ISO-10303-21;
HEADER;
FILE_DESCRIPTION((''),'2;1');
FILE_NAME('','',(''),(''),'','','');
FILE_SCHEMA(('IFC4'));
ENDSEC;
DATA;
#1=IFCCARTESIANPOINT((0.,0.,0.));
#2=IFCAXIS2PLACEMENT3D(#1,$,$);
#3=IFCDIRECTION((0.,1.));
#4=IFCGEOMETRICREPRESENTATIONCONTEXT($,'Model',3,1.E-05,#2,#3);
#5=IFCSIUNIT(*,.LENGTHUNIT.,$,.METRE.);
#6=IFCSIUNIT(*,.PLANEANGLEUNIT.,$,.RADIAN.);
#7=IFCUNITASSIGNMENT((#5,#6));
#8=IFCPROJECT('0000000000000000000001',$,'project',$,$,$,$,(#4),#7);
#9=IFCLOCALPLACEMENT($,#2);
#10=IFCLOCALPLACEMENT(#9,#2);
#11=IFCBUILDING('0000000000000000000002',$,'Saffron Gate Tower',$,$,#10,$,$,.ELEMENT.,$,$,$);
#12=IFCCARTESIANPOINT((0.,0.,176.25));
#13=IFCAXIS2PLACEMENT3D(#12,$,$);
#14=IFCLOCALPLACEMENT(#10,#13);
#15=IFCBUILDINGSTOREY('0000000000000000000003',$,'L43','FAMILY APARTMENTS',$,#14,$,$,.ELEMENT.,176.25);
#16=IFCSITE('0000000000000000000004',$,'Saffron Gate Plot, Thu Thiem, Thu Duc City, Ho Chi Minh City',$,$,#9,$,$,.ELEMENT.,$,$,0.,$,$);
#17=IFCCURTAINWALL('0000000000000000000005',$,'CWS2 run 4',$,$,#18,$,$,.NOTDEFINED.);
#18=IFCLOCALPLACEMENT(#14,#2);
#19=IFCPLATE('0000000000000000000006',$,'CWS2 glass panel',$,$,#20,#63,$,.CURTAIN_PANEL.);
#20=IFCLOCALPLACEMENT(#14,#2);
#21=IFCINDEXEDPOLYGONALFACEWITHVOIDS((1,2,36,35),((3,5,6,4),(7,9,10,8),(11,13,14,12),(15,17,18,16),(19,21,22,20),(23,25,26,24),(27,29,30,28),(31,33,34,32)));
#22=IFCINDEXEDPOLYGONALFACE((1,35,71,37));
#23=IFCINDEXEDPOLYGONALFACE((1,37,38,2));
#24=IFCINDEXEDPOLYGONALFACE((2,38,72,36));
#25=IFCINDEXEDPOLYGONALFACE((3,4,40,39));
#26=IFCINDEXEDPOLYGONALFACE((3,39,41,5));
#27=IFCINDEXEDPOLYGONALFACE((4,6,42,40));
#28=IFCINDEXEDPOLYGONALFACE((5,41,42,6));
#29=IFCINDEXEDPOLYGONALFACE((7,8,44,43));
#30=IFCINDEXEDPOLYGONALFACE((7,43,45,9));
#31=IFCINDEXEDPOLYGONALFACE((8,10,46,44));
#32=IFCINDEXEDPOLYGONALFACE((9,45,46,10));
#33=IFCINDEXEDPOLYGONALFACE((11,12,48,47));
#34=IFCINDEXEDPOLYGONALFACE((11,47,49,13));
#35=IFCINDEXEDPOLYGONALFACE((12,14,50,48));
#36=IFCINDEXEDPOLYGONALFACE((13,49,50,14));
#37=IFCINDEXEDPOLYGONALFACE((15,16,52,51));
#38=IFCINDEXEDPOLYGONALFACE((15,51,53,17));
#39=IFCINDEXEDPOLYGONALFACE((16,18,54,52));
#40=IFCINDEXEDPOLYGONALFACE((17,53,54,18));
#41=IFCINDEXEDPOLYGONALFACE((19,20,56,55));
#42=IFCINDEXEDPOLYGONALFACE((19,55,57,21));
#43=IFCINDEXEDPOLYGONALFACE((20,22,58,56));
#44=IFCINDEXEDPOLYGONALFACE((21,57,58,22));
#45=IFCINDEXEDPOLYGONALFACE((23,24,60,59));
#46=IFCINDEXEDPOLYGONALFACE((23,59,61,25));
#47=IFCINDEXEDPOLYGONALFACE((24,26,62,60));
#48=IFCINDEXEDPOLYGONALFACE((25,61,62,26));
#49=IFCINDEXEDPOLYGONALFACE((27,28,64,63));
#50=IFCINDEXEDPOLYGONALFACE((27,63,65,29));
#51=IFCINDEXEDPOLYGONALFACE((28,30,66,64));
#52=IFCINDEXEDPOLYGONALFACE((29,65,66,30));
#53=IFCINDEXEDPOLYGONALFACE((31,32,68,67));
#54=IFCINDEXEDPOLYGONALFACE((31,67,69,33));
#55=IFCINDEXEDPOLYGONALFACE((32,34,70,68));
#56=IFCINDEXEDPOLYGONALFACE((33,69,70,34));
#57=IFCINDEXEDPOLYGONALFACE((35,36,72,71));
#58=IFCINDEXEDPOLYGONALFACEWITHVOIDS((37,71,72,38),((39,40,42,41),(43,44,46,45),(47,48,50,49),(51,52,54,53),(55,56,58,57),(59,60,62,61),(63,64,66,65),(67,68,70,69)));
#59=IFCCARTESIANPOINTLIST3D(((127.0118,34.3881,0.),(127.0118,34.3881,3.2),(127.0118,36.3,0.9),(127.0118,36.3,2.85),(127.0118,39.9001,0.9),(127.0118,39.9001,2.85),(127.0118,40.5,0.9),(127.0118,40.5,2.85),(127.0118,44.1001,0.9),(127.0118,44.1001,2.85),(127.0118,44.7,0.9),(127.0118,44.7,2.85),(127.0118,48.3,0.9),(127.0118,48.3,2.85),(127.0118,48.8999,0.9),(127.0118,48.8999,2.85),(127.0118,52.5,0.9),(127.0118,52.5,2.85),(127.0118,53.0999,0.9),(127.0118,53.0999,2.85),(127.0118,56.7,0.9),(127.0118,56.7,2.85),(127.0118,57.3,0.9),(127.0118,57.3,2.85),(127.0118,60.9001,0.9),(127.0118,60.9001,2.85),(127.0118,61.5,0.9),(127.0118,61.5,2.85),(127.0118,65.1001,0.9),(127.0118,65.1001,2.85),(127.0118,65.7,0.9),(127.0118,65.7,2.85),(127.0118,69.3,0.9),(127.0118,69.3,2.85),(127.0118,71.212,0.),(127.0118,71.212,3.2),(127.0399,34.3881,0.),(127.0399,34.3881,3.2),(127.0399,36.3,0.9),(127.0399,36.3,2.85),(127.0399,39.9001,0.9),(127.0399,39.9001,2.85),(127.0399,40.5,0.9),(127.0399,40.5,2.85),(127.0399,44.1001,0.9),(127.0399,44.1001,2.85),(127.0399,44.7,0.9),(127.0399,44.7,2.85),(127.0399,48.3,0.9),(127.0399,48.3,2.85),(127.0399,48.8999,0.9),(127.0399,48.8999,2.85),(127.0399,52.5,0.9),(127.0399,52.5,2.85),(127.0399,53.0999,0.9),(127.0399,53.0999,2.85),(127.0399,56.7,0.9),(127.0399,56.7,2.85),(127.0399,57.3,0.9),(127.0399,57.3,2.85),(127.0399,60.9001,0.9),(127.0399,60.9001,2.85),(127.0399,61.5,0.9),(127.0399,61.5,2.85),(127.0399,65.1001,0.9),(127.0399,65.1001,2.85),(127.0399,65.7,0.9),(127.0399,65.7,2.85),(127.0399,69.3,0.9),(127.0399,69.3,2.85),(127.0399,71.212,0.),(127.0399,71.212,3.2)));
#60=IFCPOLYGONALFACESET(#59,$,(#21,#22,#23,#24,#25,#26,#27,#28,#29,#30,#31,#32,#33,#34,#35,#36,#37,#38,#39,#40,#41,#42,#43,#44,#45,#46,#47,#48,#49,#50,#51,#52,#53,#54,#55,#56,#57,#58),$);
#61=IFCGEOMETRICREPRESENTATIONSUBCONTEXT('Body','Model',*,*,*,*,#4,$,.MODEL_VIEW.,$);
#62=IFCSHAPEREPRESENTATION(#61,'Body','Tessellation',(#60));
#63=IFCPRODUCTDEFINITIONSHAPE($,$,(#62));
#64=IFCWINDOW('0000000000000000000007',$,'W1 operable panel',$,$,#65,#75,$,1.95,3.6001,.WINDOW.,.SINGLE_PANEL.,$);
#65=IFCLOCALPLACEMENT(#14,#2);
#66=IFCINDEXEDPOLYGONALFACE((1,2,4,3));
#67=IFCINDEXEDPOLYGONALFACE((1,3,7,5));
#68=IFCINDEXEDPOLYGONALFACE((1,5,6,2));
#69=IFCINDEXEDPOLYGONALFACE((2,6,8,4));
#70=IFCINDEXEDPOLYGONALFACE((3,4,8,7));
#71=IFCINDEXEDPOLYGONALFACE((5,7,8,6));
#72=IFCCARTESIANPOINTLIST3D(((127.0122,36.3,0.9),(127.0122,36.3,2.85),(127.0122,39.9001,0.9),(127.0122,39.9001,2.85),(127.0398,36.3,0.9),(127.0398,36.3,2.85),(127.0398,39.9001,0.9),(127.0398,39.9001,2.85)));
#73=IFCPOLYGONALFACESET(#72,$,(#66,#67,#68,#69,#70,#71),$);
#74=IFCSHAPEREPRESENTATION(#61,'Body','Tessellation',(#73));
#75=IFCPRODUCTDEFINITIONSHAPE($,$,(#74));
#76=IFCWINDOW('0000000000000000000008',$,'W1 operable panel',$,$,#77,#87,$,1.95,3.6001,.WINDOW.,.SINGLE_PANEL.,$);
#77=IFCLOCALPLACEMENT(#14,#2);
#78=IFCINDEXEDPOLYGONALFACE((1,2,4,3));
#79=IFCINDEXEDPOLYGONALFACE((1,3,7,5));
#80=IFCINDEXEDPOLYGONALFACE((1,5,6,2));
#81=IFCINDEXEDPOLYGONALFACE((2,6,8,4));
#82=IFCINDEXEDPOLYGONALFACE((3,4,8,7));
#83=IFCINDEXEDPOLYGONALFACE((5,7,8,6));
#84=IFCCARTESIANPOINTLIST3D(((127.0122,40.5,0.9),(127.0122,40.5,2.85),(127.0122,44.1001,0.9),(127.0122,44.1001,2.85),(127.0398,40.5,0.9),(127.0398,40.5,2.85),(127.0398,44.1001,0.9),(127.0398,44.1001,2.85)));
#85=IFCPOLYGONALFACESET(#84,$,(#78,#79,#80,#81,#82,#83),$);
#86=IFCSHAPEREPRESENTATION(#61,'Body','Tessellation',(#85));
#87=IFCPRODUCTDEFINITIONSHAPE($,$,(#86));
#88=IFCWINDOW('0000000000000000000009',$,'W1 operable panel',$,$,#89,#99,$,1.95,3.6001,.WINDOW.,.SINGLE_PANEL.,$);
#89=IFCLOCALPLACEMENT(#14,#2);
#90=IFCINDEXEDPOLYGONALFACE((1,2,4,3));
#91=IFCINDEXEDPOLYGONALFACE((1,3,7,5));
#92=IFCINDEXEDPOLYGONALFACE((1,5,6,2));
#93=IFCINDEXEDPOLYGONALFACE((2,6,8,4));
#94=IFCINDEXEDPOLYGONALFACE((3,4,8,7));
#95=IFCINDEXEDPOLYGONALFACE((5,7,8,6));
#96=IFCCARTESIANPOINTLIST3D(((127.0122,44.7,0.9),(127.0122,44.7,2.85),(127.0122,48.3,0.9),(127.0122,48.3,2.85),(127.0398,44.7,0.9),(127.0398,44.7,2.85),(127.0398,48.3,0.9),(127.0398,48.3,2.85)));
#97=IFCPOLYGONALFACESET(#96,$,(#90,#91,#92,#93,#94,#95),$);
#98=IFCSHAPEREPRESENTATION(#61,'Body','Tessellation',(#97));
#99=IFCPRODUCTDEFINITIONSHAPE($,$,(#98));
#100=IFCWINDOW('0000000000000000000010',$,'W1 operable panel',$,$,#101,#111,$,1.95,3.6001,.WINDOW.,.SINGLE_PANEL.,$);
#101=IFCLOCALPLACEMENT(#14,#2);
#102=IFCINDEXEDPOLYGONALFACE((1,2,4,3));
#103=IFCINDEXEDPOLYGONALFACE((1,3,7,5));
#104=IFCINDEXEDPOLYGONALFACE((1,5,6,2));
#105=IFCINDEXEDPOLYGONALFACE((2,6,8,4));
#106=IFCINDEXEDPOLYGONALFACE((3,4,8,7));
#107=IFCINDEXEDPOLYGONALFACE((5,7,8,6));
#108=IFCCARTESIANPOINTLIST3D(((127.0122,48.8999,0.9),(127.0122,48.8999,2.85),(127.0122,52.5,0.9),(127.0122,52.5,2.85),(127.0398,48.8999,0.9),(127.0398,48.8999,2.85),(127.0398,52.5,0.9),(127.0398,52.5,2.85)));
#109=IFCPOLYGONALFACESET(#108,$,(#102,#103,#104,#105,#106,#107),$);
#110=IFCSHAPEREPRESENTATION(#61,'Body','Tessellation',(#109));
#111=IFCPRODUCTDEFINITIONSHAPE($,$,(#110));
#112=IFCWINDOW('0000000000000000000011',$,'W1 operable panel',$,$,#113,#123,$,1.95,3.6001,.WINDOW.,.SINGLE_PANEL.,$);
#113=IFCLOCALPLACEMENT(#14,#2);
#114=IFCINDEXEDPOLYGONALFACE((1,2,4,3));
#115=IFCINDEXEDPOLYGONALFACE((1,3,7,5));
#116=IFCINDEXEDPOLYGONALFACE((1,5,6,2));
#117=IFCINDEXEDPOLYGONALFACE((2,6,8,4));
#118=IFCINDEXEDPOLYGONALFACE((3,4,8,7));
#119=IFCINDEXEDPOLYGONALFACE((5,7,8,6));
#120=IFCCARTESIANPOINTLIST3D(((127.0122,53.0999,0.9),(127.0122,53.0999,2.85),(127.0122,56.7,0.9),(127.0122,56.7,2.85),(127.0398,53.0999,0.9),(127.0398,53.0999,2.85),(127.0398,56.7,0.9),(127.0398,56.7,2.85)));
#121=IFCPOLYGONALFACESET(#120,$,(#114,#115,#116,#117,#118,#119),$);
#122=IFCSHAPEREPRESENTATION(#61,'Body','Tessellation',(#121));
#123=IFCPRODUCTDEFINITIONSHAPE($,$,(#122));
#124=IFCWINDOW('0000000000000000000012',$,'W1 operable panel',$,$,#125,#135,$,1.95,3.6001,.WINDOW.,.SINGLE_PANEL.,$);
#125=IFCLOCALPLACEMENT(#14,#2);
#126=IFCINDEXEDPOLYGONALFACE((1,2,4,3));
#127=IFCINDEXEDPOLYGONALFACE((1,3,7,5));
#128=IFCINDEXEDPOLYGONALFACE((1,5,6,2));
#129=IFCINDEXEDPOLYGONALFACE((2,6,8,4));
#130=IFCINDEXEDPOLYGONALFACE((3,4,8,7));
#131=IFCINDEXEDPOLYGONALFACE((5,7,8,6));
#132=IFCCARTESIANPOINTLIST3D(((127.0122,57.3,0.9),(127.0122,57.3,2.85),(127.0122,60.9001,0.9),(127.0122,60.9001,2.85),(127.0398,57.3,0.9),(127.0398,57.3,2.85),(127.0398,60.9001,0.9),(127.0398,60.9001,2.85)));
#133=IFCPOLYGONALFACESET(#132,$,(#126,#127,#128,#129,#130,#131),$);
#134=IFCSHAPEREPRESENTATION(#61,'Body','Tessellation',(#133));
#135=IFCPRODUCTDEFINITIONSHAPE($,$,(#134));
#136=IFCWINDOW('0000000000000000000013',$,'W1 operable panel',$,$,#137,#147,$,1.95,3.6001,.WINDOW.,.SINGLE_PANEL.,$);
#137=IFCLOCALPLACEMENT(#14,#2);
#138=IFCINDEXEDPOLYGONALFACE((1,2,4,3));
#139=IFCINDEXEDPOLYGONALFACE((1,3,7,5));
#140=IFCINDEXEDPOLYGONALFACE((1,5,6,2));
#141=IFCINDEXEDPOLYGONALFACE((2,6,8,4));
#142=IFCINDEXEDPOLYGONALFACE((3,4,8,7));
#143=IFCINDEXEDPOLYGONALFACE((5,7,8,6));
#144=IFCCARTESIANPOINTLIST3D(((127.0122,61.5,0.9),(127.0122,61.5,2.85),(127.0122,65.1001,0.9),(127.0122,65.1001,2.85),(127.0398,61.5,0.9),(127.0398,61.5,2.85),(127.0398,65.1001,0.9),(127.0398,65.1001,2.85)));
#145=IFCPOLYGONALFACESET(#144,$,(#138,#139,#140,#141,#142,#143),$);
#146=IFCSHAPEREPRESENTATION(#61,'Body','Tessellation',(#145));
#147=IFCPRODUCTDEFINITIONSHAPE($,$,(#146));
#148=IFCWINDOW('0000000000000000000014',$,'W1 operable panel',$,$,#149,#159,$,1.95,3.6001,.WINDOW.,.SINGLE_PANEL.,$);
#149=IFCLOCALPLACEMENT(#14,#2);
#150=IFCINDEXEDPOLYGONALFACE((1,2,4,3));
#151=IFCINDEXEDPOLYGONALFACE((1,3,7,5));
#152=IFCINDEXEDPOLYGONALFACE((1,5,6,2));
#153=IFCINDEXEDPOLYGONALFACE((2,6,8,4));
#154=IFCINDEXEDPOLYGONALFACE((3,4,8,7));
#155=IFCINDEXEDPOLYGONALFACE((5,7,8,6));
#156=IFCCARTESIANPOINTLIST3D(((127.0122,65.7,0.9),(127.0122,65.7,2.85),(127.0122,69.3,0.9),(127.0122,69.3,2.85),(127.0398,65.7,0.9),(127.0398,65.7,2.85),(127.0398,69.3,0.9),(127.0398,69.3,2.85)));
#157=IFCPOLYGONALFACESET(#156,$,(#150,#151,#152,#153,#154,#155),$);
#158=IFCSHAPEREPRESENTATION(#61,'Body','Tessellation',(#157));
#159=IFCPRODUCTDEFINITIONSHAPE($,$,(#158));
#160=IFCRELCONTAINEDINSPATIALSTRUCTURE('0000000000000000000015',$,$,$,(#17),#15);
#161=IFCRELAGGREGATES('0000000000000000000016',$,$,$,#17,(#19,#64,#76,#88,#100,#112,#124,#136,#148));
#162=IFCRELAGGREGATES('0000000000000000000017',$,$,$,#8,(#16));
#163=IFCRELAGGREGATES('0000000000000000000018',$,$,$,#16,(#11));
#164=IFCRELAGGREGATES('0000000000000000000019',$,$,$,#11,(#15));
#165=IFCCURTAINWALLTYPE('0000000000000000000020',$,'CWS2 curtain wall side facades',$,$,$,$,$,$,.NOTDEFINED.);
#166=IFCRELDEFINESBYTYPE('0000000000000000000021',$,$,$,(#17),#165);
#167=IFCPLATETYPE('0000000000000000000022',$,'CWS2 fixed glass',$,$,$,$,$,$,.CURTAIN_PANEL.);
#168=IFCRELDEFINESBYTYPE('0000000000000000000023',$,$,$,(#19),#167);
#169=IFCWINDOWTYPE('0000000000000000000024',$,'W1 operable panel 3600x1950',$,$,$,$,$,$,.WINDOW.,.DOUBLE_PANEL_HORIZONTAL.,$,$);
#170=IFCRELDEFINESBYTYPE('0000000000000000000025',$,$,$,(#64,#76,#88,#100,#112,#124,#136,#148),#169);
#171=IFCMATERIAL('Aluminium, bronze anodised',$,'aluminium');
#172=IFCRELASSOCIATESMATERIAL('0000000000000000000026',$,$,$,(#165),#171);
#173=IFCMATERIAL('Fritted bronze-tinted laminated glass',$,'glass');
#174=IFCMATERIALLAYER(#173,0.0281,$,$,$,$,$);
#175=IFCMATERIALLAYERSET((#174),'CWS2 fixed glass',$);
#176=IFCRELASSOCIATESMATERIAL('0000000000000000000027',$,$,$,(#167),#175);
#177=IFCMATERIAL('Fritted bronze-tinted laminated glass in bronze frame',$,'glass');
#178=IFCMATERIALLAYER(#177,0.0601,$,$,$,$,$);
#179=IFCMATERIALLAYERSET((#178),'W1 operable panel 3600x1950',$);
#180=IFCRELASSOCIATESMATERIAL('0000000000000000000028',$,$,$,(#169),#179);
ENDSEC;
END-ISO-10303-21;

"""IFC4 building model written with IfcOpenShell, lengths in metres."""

from ifc_helpers import new_model, si_unit, direction, frame, frame_2d, origin, place, context, subcontext, project, spatial, rectangle, extrude, material, layer, layer_set, type_object, element, fill, aggregate, save


model = new_model("IFC4")

# Units and contexts
model_context = context("Model", 3, precision=1e-05, world=origin(), true_north=direction((0.0, 1.0)))
body_context = subcontext(model_context, "Body", "Model", "MODEL_VIEW")
ifc_project = project(units=[si_unit("LENGTHUNIT", "METRE"), si_unit("PLANEANGLEUNIT", "RADIAN")], contexts=[model_context])

# Site, building, storey
site_placement = place(None, origin())
site = spatial("IfcSite", under=ifc_project, at=site_placement, Name="Saffron Gate Plot, Thu Thiem, Thu Duc City, Ho Chi Minh City", CompositionType="ELEMENT", RefElevation=0.0)
building_placement = place(site_placement, origin())
building = spatial("IfcBuilding", under=site, at=building_placement, Name="Saffron Gate Tower", CompositionType="ELEMENT")
storey_placement = place(building_placement, frame((0.0, 0.0, 176.25)))
storey = spatial("IfcBuildingStorey", under=building, at=storey_placement, Name="L43", Description="FAMILY APARTMENTS", CompositionType="ELEMENT", Elevation=176.25)

# Curtain wall
ifc_material_1 = material(Name="Aluminium, bronze anodised", Category="aluminium")
curtain_wall_type_1 = type_object("IfcCurtainWallType", Name="CWS2 curtain wall side facades", PredefinedType="NOTDEFINED", material=ifc_material_1)
curtain_wall_1_placement = place(storey_placement, origin())
curtain_wall_1 = element("IfcCurtainWall", 1, at=curtain_wall_1_placement, inside=storey, type_object=curtain_wall_type_1, Name="CWS2 run 4", PredefinedType="NOTDEFINED")

# Plate, openings, windows
ifc_material_2 = material(Name="Fritted bronze-tinted laminated glass", Category="glass")
ifc_layer_1 = layer(ifc_material_2, 0.0281)
ifc_layer_set_1 = layer_set([ifc_layer_1], Name="CWS2 fixed glass")
plate_type_1 = type_object("IfcPlateType", Name="CWS2 fixed glass", PredefinedType="CURTAIN_PANEL", material=ifc_layer_set_1)
plate_1_placement = place(storey_placement, frame((127.0259, 34.3879, 0.0), z_axis=(0.0, 0.0, 1.0), x_axis=(0.0, 1.0, 0.0)))
plate_1 = element("IfcPlate", 2, at=plate_1_placement, type_object=plate_type_1, Name="CWS2 glass panel", PredefinedType="CURTAIN_PANEL", context=body_context, shape_type="SweptSolid", body=[
    extrude(rectangle(XDim=36.824, YDim=0.0281, at=frame_2d((18.4121, 0.0))), origin(), (0.0, 0.0, 1.0), 3.2),
])
opening_1_placement = place(plate_1_placement, frame((1.9121, 0.0, 0.8999)))
opening_1 = element("IfcOpeningElement", 3, at=opening_1_placement, cuts=plate_1, PredefinedType="OPENING", context=body_context, shape_type="SweptSolid", body=[
    extrude(rectangle(XDim=3.6001, YDim=1.95, at=frame_2d((1.8, 0.9751))), frame((0.0, 0.0239, 0.0), z_axis=(0.0, -1.0, 0.0), x_axis=(1.0, 0.0, 0.0)), (0.0, 0.0, 1.0), 0.0481),
])
opening_2_placement = place(plate_1_placement, frame((6.1121, 0.0, 0.8999)))
opening_2 = element("IfcOpeningElement", 4, at=opening_2_placement, cuts=plate_1, PredefinedType="OPENING", context=body_context, shape_type="SweptSolid", body=[
    extrude(rectangle(XDim=3.6001, YDim=1.95, at=frame_2d((1.8, 0.9751))), frame((0.0, 0.0239, 0.0), z_axis=(0.0, -1.0, 0.0), x_axis=(1.0, 0.0, 0.0)), (0.0, 0.0, 1.0), 0.0481),
])
opening_3_placement = place(plate_1_placement, frame((10.312, 0.0, 0.8999)))
opening_3 = element("IfcOpeningElement", 5, at=opening_3_placement, cuts=plate_1, PredefinedType="OPENING", context=body_context, shape_type="SweptSolid", body=[
    extrude(rectangle(XDim=3.6001, YDim=1.95, at=frame_2d((1.8, 0.9751))), frame((0.0, 0.0239, 0.0), z_axis=(0.0, -1.0, 0.0), x_axis=(1.0, 0.0, 0.0)), (0.0, 0.0, 1.0), 0.0481),
])
opening_4_placement = place(plate_1_placement, frame((14.512, 0.0, 0.8999)))
opening_4 = element("IfcOpeningElement", 6, at=opening_4_placement, cuts=plate_1, PredefinedType="OPENING", context=body_context, shape_type="SweptSolid", body=[
    extrude(rectangle(XDim=3.6001, YDim=1.95, at=frame_2d((1.8, 0.9751))), frame((0.0, 0.0239, 0.0), z_axis=(0.0, -1.0, 0.0), x_axis=(1.0, 0.0, 0.0)), (0.0, 0.0, 1.0), 0.0481),
])
opening_5_placement = place(plate_1_placement, frame((18.7119, 0.0, 0.8999)))
opening_5 = element("IfcOpeningElement", 7, at=opening_5_placement, cuts=plate_1, PredefinedType="OPENING", context=body_context, shape_type="SweptSolid", body=[
    extrude(rectangle(XDim=3.6001, YDim=1.95, at=frame_2d((1.8, 0.9751))), frame((0.0, 0.0239, 0.0), z_axis=(0.0, -1.0, 0.0), x_axis=(1.0, 0.0, 0.0)), (0.0, 0.0, 1.0), 0.0481),
])
opening_6_placement = place(plate_1_placement, frame((22.9121, 0.0, 0.8999)))
opening_6 = element("IfcOpeningElement", 8, at=opening_6_placement, cuts=plate_1, PredefinedType="OPENING", context=body_context, shape_type="SweptSolid", body=[
    extrude(rectangle(XDim=3.6001, YDim=1.95, at=frame_2d((1.8, 0.9751))), frame((0.0, 0.0239, 0.0), z_axis=(0.0, -1.0, 0.0), x_axis=(1.0, 0.0, 0.0)), (0.0, 0.0, 1.0), 0.0481),
])
opening_7_placement = place(plate_1_placement, frame((27.1121, 0.0, 0.8999)))
opening_7 = element("IfcOpeningElement", 9, at=opening_7_placement, cuts=plate_1, PredefinedType="OPENING", context=body_context, shape_type="SweptSolid", body=[
    extrude(rectangle(XDim=3.6001, YDim=1.95, at=frame_2d((1.8, 0.9751))), frame((0.0, 0.0239, 0.0), z_axis=(0.0, -1.0, 0.0), x_axis=(1.0, 0.0, 0.0)), (0.0, 0.0, 1.0), 0.0481),
])
opening_8_placement = place(plate_1_placement, frame((31.312, 0.0, 0.8999)))
opening_8 = element("IfcOpeningElement", 10, at=opening_8_placement, cuts=plate_1, PredefinedType="OPENING", context=body_context, shape_type="SweptSolid", body=[
    extrude(rectangle(XDim=3.6001, YDim=1.95, at=frame_2d((1.8, 0.9751))), frame((0.0, 0.0239, 0.0), z_axis=(0.0, -1.0, 0.0), x_axis=(1.0, 0.0, 0.0)), (0.0, 0.0, 1.0), 0.0481),
])
ifc_material_3 = material(Name="Fritted bronze-tinted laminated glass in bronze frame", Category="glass")
ifc_layer_2 = layer(ifc_material_3, 0.0601)
ifc_layer_set_2 = layer_set([ifc_layer_2], Name="W1 operable panel 3600x1950")
window_type = type_object("IfcWindowType", Name="W1 operable panel 3600x1950", PartitioningType="DOUBLE_PANEL_HORIZONTAL", PredefinedType="WINDOW", material=ifc_layer_set_2)
window_1_placement = place(opening_1_placement, origin())
window_1 = element("IfcWindow", 11, at=window_1_placement, type_object=window_type, Name="W1 operable panel", OverallHeight=1.95, OverallWidth=3.6001, PartitioningType="SINGLE_PANEL", PredefinedType="WINDOW", context=body_context, shape_type="SweptSolid", body=[
    extrude(rectangle(XDim=3.6001, YDim=1.95, at=frame_2d((1.8, 0.9751))), frame((0.0, 0.0137, 0.0), z_axis=(0.0, -1.0, 0.0), x_axis=(1.0, 0.0, 0.0)), (0.0, 0.0, 1.0), 0.0276),
])
fill(opening_1, window_1)
window_2_placement = place(opening_2_placement, origin())
window_2 = element("IfcWindow", 12, at=window_2_placement, type_object=window_type, Name="W1 operable panel", OverallHeight=1.95, OverallWidth=3.6001, PartitioningType="SINGLE_PANEL", PredefinedType="WINDOW", context=body_context, shape_type="SweptSolid", body=[
    extrude(rectangle(XDim=3.6001, YDim=1.95, at=frame_2d((1.8, 0.9751))), frame((0.0, 0.0137, 0.0), z_axis=(0.0, -1.0, 0.0), x_axis=(1.0, 0.0, 0.0)), (0.0, 0.0, 1.0), 0.0276),
])
fill(opening_2, window_2)
window_3_placement = place(opening_3_placement, origin())
window_3 = element("IfcWindow", 13, at=window_3_placement, type_object=window_type, Name="W1 operable panel", OverallHeight=1.95, OverallWidth=3.6001, PartitioningType="SINGLE_PANEL", PredefinedType="WINDOW", context=body_context, shape_type="SweptSolid", body=[
    extrude(rectangle(XDim=3.6001, YDim=1.95, at=frame_2d((1.8, 0.9751))), frame((0.0, 0.0137, 0.0), z_axis=(0.0, -1.0, 0.0), x_axis=(1.0, 0.0, 0.0)), (0.0, 0.0, 1.0), 0.0276),
])
fill(opening_3, window_3)
window_4_placement = place(opening_4_placement, origin())
window_4 = element("IfcWindow", 14, at=window_4_placement, type_object=window_type, Name="W1 operable panel", OverallHeight=1.95, OverallWidth=3.6001, PartitioningType="SINGLE_PANEL", PredefinedType="WINDOW", context=body_context, shape_type="SweptSolid", body=[
    extrude(rectangle(XDim=3.6001, YDim=1.95, at=frame_2d((1.8, 0.9751))), frame((0.0, 0.0137, 0.0), z_axis=(0.0, -1.0, 0.0), x_axis=(1.0, 0.0, 0.0)), (0.0, 0.0, 1.0), 0.0276),
])
fill(opening_4, window_4)
window_5_placement = place(opening_5_placement, origin())
window_5 = element("IfcWindow", 15, at=window_5_placement, type_object=window_type, Name="W1 operable panel", OverallHeight=1.95, OverallWidth=3.6001, PartitioningType="SINGLE_PANEL", PredefinedType="WINDOW", context=body_context, shape_type="SweptSolid", body=[
    extrude(rectangle(XDim=3.6001, YDim=1.95, at=frame_2d((1.8, 0.9751))), frame((0.0, 0.0137, 0.0), z_axis=(0.0, -1.0, 0.0), x_axis=(1.0, 0.0, 0.0)), (0.0, 0.0, 1.0), 0.0276),
])
fill(opening_5, window_5)
window_6_placement = place(opening_6_placement, origin())
window_6 = element("IfcWindow", 16, at=window_6_placement, type_object=window_type, Name="W1 operable panel", OverallHeight=1.95, OverallWidth=3.6001, PartitioningType="SINGLE_PANEL", PredefinedType="WINDOW", context=body_context, shape_type="SweptSolid", body=[
    extrude(rectangle(XDim=3.6001, YDim=1.95, at=frame_2d((1.8, 0.9751))), frame((0.0, 0.0137, 0.0), z_axis=(0.0, -1.0, 0.0), x_axis=(1.0, 0.0, 0.0)), (0.0, 0.0, 1.0), 0.0276),
])
fill(opening_6, window_6)
window_7_placement = place(opening_7_placement, origin())
window_7 = element("IfcWindow", 17, at=window_7_placement, type_object=window_type, Name="W1 operable panel", OverallHeight=1.95, OverallWidth=3.6001, PartitioningType="SINGLE_PANEL", PredefinedType="WINDOW", context=body_context, shape_type="SweptSolid", body=[
    extrude(rectangle(XDim=3.6001, YDim=1.95, at=frame_2d((1.8, 0.9751))), frame((0.0, 0.0137, 0.0), z_axis=(0.0, -1.0, 0.0), x_axis=(1.0, 0.0, 0.0)), (0.0, 0.0, 1.0), 0.0276),
])
fill(opening_7, window_7)
window_8_placement = place(opening_8_placement, origin())
window_8 = element("IfcWindow", 18, at=window_8_placement, type_object=window_type, Name="W1 operable panel", OverallHeight=1.95, OverallWidth=3.6001, PartitioningType="SINGLE_PANEL", PredefinedType="WINDOW", context=body_context, shape_type="SweptSolid", body=[
    extrude(rectangle(XDim=3.6001, YDim=1.95, at=frame_2d((1.8, 0.9751))), frame((0.0, 0.0137, 0.0), z_axis=(0.0, -1.0, 0.0), x_axis=(1.0, 0.0, 0.0)), (0.0, 0.0, 1.0), 0.0276),
])
fill(opening_8, window_8)
aggregate(curtain_wall_1, [plate_1, window_1, window_2, window_3, window_4, window_5, window_6, window_7, window_8])

save(model, "model.ifc")
